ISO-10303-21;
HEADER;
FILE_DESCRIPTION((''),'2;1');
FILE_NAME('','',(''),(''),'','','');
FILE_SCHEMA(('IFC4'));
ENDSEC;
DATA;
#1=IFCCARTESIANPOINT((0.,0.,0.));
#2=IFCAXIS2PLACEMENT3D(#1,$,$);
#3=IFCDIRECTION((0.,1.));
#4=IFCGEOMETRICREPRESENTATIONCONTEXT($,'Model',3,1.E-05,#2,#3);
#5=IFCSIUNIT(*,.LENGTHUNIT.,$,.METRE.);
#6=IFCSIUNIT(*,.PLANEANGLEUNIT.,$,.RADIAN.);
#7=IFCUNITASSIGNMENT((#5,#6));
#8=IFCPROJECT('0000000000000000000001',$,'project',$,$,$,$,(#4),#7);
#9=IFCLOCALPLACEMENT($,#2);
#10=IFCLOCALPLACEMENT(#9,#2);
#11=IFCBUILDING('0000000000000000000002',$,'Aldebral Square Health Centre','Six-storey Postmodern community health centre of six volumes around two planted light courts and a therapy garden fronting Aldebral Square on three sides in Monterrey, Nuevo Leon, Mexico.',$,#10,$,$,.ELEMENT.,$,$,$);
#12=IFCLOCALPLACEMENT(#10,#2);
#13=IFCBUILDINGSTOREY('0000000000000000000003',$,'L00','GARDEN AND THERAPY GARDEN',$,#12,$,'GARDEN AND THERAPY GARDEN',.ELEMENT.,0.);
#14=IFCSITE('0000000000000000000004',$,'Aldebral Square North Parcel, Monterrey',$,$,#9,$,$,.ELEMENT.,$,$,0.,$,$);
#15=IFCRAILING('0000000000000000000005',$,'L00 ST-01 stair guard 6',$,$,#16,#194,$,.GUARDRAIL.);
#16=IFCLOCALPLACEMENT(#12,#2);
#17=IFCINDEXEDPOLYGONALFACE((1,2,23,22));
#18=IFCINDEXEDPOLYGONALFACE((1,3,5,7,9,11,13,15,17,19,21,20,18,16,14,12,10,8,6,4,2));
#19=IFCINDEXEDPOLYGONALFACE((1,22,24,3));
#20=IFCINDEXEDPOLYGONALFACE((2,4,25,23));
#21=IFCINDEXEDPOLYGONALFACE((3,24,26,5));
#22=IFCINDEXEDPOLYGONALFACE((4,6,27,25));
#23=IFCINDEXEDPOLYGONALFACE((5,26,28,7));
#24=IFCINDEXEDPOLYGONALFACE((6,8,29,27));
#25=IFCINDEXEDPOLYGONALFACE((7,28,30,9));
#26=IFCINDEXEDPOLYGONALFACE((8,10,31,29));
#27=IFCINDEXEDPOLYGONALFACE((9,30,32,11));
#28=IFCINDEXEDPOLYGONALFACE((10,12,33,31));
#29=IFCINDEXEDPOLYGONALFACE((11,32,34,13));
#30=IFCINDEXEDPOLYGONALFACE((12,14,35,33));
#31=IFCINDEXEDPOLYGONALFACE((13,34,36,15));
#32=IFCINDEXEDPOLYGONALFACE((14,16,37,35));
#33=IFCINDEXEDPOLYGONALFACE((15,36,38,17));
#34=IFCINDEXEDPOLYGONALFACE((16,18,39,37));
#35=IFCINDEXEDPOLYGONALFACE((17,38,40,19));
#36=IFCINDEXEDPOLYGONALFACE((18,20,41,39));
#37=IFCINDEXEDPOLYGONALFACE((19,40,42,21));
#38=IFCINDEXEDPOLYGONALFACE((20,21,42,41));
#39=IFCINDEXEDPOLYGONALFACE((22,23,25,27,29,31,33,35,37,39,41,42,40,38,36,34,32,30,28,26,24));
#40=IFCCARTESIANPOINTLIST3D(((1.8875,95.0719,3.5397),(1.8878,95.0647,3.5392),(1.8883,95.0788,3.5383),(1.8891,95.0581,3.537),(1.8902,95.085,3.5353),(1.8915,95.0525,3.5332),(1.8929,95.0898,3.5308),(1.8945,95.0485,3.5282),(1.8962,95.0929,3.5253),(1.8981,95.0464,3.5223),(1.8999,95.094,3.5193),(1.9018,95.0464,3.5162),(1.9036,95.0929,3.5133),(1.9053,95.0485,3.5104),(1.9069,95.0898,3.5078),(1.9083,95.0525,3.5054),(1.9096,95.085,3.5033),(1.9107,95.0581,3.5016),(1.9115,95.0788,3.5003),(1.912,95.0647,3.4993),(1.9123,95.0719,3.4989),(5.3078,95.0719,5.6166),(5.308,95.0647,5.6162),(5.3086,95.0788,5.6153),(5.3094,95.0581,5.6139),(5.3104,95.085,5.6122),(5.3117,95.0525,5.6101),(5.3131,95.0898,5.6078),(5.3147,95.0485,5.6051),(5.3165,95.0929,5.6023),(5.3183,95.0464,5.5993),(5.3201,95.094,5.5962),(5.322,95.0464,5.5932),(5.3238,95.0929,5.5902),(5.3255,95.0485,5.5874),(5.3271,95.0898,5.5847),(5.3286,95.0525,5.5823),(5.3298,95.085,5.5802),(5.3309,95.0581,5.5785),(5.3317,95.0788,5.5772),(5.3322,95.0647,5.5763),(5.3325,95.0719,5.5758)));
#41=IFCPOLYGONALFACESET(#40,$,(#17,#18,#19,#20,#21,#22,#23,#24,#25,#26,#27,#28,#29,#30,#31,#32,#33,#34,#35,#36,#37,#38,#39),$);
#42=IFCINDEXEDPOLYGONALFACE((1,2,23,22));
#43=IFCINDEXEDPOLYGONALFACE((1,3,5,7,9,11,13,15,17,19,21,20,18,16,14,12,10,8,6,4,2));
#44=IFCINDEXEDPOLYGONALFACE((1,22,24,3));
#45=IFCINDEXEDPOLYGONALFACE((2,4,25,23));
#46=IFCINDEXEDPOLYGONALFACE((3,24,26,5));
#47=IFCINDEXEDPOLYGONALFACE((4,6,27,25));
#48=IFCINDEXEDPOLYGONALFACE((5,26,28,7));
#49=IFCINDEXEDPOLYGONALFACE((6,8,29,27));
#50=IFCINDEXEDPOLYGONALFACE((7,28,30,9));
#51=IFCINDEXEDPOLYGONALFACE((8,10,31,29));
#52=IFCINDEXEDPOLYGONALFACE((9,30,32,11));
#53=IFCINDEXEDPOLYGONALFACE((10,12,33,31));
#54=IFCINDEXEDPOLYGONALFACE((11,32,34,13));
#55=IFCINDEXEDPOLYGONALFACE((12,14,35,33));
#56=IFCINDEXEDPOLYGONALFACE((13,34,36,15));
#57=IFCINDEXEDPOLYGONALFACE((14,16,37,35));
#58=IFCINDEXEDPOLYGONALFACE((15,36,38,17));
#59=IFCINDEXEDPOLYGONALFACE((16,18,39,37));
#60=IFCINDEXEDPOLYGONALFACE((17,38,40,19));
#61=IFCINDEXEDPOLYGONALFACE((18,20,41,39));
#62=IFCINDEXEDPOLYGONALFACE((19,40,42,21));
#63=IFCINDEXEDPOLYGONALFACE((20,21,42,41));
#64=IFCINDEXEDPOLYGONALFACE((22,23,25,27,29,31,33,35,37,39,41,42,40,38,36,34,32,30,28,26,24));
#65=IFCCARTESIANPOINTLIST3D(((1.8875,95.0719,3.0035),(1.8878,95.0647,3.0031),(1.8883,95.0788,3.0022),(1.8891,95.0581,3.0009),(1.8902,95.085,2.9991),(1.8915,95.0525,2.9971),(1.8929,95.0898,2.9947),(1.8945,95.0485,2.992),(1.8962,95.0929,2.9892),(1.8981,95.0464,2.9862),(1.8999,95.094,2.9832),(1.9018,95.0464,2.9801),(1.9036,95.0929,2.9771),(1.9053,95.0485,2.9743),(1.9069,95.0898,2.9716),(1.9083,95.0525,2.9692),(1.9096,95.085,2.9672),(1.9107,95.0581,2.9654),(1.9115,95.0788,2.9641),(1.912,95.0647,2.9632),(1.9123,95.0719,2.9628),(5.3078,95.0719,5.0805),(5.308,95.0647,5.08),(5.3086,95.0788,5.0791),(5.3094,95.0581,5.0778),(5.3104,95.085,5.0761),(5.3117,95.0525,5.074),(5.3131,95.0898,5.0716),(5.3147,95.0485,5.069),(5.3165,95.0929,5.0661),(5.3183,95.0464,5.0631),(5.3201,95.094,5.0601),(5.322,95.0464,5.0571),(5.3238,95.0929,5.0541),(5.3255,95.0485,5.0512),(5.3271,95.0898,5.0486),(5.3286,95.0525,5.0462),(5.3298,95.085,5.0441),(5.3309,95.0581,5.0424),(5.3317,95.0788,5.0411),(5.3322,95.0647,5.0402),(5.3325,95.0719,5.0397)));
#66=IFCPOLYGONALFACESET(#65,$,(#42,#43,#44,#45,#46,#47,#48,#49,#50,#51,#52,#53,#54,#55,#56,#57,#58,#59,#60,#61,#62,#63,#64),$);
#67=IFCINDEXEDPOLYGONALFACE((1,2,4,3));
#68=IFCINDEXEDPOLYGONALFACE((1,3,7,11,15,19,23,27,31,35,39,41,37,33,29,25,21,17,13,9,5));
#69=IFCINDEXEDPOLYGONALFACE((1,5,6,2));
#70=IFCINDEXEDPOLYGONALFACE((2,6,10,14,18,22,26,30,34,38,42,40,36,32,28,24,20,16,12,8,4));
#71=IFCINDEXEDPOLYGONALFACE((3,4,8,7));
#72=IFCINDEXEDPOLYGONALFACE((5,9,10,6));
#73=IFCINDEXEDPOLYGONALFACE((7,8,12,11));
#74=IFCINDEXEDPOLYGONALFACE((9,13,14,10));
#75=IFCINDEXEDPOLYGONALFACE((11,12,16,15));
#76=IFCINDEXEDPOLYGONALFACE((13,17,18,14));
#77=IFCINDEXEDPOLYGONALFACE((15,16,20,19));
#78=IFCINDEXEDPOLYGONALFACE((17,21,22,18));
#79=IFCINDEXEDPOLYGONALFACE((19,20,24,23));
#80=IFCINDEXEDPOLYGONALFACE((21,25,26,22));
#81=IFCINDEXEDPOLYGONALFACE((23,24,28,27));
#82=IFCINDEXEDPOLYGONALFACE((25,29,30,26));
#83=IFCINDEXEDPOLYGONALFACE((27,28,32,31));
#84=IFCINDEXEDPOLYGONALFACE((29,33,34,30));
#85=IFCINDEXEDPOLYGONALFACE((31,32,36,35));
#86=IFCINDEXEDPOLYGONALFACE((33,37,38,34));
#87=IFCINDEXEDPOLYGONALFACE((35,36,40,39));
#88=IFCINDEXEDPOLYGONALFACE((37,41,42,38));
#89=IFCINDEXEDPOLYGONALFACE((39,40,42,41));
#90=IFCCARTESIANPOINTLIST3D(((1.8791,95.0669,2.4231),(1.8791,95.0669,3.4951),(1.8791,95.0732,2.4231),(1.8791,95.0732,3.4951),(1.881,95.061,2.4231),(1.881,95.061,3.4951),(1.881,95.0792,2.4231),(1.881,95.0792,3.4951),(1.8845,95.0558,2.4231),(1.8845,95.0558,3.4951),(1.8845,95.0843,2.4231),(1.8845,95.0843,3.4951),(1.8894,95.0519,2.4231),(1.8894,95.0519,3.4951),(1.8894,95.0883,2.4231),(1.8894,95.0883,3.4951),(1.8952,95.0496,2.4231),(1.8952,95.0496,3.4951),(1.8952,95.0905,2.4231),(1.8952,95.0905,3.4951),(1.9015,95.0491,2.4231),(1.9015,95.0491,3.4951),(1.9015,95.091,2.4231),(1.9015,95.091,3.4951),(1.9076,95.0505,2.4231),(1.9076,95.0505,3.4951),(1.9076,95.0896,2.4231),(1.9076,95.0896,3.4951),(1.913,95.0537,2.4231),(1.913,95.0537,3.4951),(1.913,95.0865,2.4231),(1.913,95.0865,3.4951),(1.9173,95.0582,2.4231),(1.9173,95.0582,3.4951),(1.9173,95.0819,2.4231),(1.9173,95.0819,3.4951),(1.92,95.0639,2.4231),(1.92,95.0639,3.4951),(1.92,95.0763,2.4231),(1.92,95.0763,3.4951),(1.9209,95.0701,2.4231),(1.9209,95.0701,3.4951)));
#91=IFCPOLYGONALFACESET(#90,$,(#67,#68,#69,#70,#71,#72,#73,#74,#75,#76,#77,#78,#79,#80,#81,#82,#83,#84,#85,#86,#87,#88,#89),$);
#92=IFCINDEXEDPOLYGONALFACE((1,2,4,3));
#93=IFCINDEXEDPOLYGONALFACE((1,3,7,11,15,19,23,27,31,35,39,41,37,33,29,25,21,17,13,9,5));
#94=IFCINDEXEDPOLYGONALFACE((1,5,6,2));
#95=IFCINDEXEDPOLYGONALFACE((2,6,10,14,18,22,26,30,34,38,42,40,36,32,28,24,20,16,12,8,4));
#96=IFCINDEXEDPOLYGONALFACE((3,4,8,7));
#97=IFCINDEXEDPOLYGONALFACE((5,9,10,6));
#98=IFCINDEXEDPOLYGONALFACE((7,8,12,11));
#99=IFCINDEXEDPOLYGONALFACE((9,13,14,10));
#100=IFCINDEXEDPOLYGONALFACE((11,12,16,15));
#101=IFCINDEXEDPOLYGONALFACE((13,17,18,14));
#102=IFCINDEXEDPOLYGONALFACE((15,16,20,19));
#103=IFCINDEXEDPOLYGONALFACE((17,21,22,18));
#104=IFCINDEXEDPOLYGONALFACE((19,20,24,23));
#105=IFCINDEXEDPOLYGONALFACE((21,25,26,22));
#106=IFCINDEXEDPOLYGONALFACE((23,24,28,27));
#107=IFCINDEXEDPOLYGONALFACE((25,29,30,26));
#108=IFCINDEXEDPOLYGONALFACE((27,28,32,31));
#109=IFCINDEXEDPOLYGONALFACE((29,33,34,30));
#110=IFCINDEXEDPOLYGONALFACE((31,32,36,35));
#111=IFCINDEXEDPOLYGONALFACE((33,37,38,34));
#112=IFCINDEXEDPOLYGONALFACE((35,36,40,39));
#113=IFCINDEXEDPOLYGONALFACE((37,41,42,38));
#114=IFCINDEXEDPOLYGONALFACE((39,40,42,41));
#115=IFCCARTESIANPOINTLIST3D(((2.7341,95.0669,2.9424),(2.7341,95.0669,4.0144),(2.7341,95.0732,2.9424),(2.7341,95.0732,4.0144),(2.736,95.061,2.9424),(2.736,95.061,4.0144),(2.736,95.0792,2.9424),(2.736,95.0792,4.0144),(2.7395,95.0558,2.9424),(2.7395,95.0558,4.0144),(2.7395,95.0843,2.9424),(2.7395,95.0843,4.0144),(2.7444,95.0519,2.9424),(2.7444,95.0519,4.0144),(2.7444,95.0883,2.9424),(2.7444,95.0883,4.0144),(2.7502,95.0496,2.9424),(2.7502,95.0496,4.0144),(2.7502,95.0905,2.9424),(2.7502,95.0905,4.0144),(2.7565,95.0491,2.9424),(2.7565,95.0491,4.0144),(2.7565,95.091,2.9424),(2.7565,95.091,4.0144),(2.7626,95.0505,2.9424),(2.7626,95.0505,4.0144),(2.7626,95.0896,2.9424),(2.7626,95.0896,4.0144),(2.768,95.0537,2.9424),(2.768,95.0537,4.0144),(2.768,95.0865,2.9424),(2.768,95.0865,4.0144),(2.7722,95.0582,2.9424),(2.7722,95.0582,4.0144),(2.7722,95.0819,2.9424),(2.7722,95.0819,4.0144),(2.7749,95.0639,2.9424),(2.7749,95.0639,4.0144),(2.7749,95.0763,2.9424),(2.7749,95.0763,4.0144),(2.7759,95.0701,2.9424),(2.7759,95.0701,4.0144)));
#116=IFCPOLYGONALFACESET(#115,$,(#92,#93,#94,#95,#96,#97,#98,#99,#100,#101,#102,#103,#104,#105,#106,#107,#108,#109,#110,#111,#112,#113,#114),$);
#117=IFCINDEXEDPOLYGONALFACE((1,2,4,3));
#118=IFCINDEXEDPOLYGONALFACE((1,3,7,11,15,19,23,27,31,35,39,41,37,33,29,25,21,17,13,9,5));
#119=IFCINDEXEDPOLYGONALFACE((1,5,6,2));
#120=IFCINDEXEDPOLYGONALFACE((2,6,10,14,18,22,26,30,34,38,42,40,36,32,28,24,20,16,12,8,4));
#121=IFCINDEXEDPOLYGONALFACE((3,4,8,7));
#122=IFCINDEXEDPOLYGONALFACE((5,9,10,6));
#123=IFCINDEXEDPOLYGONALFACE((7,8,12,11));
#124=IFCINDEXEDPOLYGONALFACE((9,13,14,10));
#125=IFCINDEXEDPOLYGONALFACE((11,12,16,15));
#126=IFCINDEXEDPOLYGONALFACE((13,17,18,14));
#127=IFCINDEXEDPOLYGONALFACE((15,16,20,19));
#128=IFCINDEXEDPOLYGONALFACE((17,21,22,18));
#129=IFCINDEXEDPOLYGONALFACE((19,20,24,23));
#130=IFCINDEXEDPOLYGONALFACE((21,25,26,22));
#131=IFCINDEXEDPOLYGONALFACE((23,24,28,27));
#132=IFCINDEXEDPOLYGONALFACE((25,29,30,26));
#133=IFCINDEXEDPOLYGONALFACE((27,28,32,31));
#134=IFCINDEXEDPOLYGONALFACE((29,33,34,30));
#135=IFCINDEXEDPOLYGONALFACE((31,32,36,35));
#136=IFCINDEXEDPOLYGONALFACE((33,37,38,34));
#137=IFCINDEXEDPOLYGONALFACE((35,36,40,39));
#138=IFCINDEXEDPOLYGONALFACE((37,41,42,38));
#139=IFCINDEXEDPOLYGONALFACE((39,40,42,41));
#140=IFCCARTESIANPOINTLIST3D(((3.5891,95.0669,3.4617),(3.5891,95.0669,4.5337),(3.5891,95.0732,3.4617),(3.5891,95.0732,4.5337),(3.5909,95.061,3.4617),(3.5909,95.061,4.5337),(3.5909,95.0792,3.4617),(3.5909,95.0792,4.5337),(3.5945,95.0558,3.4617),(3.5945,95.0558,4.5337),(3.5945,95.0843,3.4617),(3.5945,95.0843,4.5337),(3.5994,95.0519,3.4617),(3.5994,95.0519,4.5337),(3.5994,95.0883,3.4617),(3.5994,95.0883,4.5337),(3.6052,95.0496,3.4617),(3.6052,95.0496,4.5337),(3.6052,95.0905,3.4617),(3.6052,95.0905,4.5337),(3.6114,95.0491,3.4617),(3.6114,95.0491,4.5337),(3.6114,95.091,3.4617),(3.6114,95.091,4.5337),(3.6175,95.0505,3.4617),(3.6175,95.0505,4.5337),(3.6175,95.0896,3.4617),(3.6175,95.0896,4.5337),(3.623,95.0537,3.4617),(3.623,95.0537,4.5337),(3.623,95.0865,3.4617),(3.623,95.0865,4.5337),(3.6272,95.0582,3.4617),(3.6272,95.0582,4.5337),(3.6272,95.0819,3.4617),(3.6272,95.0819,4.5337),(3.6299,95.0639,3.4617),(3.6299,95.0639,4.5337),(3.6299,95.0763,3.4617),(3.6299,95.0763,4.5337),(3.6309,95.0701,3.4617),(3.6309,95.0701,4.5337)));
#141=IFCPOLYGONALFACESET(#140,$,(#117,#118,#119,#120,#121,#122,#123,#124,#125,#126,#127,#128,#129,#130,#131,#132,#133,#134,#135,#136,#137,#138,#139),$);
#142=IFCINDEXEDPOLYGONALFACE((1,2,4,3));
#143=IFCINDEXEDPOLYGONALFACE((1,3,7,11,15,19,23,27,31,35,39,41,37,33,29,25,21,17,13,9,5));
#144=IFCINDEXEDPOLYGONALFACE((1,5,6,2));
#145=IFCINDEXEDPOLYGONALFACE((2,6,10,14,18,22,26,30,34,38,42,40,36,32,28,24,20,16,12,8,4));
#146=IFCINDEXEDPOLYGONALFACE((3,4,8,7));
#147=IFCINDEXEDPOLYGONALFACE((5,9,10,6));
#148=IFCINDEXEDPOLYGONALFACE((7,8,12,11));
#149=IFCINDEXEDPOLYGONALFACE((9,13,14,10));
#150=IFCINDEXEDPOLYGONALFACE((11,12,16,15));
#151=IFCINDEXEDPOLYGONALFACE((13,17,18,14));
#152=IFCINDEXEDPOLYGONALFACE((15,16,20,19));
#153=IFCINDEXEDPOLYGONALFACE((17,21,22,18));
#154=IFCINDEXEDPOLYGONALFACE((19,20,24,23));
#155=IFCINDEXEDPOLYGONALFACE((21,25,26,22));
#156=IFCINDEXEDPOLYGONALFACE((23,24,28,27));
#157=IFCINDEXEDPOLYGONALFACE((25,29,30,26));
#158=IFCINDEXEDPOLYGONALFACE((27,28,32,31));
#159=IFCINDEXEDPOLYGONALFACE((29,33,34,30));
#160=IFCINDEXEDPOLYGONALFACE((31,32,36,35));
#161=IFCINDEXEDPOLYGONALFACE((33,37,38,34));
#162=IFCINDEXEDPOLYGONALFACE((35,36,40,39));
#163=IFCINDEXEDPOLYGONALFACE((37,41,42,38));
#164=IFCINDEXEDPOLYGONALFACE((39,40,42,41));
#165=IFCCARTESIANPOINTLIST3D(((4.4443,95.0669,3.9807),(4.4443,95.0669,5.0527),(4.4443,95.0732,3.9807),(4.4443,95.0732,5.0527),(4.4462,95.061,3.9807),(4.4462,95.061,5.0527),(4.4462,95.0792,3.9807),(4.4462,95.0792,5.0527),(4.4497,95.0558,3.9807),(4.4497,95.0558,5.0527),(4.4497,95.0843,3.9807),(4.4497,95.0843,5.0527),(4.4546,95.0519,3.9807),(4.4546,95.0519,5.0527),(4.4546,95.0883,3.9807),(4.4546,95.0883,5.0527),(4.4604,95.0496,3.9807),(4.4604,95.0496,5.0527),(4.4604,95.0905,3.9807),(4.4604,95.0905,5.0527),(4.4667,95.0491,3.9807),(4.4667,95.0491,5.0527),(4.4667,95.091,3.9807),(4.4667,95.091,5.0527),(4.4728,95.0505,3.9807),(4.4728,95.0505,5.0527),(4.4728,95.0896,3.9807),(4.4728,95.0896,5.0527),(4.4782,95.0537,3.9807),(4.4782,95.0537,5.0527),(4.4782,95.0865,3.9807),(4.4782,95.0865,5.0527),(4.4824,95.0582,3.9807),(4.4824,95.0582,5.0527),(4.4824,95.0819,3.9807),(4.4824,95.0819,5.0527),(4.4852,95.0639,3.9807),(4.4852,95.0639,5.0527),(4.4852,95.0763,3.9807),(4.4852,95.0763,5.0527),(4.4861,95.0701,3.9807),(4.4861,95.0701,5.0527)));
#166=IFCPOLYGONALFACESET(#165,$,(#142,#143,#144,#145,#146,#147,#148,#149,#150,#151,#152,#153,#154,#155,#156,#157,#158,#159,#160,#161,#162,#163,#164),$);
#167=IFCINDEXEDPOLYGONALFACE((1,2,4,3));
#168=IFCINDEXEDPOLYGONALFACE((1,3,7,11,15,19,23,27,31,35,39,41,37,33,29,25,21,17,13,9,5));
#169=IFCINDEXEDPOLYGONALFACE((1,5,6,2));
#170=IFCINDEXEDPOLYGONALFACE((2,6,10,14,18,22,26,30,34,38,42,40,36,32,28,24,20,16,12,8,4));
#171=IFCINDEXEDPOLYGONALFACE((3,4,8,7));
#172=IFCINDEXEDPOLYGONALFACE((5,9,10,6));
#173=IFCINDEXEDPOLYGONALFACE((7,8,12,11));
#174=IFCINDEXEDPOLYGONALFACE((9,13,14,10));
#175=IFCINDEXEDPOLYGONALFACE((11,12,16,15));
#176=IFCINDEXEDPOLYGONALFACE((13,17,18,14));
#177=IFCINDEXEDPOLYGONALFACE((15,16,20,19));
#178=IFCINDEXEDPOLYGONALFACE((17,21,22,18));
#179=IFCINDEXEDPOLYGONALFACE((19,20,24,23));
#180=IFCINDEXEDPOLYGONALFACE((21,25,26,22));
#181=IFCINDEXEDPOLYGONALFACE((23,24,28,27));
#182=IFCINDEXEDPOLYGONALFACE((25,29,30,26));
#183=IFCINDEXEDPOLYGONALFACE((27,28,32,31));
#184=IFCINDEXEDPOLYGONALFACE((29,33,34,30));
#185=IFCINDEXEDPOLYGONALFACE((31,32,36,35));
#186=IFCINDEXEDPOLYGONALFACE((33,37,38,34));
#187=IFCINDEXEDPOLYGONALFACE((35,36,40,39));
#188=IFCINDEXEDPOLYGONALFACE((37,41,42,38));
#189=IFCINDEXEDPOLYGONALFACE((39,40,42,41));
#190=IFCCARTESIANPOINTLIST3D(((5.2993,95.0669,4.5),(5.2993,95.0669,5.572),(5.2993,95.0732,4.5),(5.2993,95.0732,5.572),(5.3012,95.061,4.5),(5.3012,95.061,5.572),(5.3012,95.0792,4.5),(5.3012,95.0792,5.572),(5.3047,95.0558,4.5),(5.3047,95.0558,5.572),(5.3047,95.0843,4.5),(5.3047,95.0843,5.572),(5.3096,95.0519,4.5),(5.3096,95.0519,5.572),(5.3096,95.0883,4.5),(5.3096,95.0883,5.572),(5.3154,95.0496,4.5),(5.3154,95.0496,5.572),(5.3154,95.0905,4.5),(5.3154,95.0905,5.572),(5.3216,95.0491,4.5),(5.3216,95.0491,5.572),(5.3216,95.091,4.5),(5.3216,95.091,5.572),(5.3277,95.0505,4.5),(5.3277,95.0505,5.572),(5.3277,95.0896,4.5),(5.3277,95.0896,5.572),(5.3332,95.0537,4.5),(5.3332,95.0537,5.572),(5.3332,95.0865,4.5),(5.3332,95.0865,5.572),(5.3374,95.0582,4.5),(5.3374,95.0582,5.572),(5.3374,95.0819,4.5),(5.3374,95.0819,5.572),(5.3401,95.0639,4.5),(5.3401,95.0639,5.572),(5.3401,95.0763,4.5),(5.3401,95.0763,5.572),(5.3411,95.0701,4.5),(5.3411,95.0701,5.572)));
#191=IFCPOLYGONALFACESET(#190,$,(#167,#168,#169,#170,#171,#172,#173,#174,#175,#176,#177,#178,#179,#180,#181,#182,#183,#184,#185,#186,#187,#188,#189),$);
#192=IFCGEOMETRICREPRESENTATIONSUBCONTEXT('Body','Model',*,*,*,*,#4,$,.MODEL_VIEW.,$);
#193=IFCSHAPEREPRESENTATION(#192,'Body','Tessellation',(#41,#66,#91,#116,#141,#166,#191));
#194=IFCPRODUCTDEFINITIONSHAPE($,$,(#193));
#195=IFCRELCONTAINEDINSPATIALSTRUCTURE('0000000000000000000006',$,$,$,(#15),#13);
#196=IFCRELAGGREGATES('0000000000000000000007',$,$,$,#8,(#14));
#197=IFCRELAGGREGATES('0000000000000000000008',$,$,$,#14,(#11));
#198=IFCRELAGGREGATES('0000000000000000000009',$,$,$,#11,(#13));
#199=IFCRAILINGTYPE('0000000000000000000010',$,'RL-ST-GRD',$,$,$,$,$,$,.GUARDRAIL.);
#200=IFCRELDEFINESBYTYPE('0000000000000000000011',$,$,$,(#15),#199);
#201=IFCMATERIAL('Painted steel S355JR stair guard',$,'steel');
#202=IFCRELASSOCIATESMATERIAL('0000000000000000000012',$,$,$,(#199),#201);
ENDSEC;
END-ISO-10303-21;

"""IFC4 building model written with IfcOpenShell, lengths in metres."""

from ifc_helpers import new_model, si_unit, direction, frame, origin, origin_2d, place, context, subcontext, project, spatial, circle, extrude, material, type_object, element, save


model = new_model("IFC4")

# Units and contexts
model_context = context("Model", 3, precision=1e-05, world=origin(), true_north=direction((0.0, 1.0)))
body_context = subcontext(model_context, "Body", "Model", "MODEL_VIEW")
ifc_project = project(units=[si_unit("LENGTHUNIT", "METRE"), si_unit("PLANEANGLEUNIT", "RADIAN")], contexts=[model_context])

# Site, building, storey
site_placement = place(None, origin())
site = spatial("IfcSite", under=ifc_project, at=site_placement, Name="Aldebral Square North Parcel, Monterrey", CompositionType="ELEMENT", RefElevation=0.0)
building_placement = place(site_placement, origin())
building = spatial("IfcBuilding", under=site, at=building_placement, Name="Aldebral Square Health Centre", Description="Six-storey Postmodern community health centre of six volumes around two planted light courts and a therapy garden fronting Aldebral Square on three sides in Monterrey, Nuevo Leon, Mexico.", CompositionType="ELEMENT")
storey_placement = place(building_placement, origin())
storey = spatial("IfcBuildingStorey", under=building, at=storey_placement, Name="L00", Description="GARDEN AND THERAPY GARDEN", LongName="GARDEN AND THERAPY GARDEN", CompositionType="ELEMENT", Elevation=0.0)

# Railing
ifc_material_1 = material(Name="Painted steel S355JR stair guard", Category="steel")
railing_type_1 = type_object("IfcRailingType", Name="RL-ST-GRD", PredefinedType="GUARDRAIL", material=ifc_material_1)
railing_1_placement = place(storey_placement, frame((1.8999, 95.0701, 2.4231)))
element("IfcRailing", 1, at=railing_1_placement, inside=storey, type_object=railing_type_1, Name="L00 ST-01 stair guard 6", PredefinedType="GUARDRAIL", context=body_context, shape_type="SweptSolid", body=[
    extrude(circle(Radius=0.0239, at=origin_2d()), frame((0.0, 0.0, 1.0962), z_axis=(0.854746, 0.0, 0.519047), x_axis=(0.0, 1.0, 0.0)), (0.0, 0.0, 1.0), 4.0015),
    extrude(circle(Radius=0.0239, at=origin_2d()), frame((0.0, 0.0, 0.5601), z_axis=(0.854746, 0.0, 0.519047), x_axis=(0.0, 1.0, 0.0)), (0.0, 0.0, 1.0), 4.0015),
    extrude(circle(Radius=0.021, at=origin_2d()), origin(), (0.0, 0.0, 1.0), 1.072),
    extrude(circle(Radius=0.021, at=origin_2d()), frame((0.855, 0.0, 0.5193)), (0.0, 0.0, 1.0), 1.072),
    extrude(circle(Radius=0.021, at=origin_2d()), frame((1.71, 0.0, 1.0386)), (0.0, 0.0, 1.0), 1.072),
    extrude(circle(Radius=0.021, at=origin_2d()), frame((2.5652, 0.0, 1.5576)), (0.0, 0.0, 1.0), 1.072),
    extrude(circle(Radius=0.021, at=origin_2d()), frame((3.4202, 0.0, 2.0769)), (0.0, 0.0, 1.0), 1.072),
])

save(model, "model.ifc")
